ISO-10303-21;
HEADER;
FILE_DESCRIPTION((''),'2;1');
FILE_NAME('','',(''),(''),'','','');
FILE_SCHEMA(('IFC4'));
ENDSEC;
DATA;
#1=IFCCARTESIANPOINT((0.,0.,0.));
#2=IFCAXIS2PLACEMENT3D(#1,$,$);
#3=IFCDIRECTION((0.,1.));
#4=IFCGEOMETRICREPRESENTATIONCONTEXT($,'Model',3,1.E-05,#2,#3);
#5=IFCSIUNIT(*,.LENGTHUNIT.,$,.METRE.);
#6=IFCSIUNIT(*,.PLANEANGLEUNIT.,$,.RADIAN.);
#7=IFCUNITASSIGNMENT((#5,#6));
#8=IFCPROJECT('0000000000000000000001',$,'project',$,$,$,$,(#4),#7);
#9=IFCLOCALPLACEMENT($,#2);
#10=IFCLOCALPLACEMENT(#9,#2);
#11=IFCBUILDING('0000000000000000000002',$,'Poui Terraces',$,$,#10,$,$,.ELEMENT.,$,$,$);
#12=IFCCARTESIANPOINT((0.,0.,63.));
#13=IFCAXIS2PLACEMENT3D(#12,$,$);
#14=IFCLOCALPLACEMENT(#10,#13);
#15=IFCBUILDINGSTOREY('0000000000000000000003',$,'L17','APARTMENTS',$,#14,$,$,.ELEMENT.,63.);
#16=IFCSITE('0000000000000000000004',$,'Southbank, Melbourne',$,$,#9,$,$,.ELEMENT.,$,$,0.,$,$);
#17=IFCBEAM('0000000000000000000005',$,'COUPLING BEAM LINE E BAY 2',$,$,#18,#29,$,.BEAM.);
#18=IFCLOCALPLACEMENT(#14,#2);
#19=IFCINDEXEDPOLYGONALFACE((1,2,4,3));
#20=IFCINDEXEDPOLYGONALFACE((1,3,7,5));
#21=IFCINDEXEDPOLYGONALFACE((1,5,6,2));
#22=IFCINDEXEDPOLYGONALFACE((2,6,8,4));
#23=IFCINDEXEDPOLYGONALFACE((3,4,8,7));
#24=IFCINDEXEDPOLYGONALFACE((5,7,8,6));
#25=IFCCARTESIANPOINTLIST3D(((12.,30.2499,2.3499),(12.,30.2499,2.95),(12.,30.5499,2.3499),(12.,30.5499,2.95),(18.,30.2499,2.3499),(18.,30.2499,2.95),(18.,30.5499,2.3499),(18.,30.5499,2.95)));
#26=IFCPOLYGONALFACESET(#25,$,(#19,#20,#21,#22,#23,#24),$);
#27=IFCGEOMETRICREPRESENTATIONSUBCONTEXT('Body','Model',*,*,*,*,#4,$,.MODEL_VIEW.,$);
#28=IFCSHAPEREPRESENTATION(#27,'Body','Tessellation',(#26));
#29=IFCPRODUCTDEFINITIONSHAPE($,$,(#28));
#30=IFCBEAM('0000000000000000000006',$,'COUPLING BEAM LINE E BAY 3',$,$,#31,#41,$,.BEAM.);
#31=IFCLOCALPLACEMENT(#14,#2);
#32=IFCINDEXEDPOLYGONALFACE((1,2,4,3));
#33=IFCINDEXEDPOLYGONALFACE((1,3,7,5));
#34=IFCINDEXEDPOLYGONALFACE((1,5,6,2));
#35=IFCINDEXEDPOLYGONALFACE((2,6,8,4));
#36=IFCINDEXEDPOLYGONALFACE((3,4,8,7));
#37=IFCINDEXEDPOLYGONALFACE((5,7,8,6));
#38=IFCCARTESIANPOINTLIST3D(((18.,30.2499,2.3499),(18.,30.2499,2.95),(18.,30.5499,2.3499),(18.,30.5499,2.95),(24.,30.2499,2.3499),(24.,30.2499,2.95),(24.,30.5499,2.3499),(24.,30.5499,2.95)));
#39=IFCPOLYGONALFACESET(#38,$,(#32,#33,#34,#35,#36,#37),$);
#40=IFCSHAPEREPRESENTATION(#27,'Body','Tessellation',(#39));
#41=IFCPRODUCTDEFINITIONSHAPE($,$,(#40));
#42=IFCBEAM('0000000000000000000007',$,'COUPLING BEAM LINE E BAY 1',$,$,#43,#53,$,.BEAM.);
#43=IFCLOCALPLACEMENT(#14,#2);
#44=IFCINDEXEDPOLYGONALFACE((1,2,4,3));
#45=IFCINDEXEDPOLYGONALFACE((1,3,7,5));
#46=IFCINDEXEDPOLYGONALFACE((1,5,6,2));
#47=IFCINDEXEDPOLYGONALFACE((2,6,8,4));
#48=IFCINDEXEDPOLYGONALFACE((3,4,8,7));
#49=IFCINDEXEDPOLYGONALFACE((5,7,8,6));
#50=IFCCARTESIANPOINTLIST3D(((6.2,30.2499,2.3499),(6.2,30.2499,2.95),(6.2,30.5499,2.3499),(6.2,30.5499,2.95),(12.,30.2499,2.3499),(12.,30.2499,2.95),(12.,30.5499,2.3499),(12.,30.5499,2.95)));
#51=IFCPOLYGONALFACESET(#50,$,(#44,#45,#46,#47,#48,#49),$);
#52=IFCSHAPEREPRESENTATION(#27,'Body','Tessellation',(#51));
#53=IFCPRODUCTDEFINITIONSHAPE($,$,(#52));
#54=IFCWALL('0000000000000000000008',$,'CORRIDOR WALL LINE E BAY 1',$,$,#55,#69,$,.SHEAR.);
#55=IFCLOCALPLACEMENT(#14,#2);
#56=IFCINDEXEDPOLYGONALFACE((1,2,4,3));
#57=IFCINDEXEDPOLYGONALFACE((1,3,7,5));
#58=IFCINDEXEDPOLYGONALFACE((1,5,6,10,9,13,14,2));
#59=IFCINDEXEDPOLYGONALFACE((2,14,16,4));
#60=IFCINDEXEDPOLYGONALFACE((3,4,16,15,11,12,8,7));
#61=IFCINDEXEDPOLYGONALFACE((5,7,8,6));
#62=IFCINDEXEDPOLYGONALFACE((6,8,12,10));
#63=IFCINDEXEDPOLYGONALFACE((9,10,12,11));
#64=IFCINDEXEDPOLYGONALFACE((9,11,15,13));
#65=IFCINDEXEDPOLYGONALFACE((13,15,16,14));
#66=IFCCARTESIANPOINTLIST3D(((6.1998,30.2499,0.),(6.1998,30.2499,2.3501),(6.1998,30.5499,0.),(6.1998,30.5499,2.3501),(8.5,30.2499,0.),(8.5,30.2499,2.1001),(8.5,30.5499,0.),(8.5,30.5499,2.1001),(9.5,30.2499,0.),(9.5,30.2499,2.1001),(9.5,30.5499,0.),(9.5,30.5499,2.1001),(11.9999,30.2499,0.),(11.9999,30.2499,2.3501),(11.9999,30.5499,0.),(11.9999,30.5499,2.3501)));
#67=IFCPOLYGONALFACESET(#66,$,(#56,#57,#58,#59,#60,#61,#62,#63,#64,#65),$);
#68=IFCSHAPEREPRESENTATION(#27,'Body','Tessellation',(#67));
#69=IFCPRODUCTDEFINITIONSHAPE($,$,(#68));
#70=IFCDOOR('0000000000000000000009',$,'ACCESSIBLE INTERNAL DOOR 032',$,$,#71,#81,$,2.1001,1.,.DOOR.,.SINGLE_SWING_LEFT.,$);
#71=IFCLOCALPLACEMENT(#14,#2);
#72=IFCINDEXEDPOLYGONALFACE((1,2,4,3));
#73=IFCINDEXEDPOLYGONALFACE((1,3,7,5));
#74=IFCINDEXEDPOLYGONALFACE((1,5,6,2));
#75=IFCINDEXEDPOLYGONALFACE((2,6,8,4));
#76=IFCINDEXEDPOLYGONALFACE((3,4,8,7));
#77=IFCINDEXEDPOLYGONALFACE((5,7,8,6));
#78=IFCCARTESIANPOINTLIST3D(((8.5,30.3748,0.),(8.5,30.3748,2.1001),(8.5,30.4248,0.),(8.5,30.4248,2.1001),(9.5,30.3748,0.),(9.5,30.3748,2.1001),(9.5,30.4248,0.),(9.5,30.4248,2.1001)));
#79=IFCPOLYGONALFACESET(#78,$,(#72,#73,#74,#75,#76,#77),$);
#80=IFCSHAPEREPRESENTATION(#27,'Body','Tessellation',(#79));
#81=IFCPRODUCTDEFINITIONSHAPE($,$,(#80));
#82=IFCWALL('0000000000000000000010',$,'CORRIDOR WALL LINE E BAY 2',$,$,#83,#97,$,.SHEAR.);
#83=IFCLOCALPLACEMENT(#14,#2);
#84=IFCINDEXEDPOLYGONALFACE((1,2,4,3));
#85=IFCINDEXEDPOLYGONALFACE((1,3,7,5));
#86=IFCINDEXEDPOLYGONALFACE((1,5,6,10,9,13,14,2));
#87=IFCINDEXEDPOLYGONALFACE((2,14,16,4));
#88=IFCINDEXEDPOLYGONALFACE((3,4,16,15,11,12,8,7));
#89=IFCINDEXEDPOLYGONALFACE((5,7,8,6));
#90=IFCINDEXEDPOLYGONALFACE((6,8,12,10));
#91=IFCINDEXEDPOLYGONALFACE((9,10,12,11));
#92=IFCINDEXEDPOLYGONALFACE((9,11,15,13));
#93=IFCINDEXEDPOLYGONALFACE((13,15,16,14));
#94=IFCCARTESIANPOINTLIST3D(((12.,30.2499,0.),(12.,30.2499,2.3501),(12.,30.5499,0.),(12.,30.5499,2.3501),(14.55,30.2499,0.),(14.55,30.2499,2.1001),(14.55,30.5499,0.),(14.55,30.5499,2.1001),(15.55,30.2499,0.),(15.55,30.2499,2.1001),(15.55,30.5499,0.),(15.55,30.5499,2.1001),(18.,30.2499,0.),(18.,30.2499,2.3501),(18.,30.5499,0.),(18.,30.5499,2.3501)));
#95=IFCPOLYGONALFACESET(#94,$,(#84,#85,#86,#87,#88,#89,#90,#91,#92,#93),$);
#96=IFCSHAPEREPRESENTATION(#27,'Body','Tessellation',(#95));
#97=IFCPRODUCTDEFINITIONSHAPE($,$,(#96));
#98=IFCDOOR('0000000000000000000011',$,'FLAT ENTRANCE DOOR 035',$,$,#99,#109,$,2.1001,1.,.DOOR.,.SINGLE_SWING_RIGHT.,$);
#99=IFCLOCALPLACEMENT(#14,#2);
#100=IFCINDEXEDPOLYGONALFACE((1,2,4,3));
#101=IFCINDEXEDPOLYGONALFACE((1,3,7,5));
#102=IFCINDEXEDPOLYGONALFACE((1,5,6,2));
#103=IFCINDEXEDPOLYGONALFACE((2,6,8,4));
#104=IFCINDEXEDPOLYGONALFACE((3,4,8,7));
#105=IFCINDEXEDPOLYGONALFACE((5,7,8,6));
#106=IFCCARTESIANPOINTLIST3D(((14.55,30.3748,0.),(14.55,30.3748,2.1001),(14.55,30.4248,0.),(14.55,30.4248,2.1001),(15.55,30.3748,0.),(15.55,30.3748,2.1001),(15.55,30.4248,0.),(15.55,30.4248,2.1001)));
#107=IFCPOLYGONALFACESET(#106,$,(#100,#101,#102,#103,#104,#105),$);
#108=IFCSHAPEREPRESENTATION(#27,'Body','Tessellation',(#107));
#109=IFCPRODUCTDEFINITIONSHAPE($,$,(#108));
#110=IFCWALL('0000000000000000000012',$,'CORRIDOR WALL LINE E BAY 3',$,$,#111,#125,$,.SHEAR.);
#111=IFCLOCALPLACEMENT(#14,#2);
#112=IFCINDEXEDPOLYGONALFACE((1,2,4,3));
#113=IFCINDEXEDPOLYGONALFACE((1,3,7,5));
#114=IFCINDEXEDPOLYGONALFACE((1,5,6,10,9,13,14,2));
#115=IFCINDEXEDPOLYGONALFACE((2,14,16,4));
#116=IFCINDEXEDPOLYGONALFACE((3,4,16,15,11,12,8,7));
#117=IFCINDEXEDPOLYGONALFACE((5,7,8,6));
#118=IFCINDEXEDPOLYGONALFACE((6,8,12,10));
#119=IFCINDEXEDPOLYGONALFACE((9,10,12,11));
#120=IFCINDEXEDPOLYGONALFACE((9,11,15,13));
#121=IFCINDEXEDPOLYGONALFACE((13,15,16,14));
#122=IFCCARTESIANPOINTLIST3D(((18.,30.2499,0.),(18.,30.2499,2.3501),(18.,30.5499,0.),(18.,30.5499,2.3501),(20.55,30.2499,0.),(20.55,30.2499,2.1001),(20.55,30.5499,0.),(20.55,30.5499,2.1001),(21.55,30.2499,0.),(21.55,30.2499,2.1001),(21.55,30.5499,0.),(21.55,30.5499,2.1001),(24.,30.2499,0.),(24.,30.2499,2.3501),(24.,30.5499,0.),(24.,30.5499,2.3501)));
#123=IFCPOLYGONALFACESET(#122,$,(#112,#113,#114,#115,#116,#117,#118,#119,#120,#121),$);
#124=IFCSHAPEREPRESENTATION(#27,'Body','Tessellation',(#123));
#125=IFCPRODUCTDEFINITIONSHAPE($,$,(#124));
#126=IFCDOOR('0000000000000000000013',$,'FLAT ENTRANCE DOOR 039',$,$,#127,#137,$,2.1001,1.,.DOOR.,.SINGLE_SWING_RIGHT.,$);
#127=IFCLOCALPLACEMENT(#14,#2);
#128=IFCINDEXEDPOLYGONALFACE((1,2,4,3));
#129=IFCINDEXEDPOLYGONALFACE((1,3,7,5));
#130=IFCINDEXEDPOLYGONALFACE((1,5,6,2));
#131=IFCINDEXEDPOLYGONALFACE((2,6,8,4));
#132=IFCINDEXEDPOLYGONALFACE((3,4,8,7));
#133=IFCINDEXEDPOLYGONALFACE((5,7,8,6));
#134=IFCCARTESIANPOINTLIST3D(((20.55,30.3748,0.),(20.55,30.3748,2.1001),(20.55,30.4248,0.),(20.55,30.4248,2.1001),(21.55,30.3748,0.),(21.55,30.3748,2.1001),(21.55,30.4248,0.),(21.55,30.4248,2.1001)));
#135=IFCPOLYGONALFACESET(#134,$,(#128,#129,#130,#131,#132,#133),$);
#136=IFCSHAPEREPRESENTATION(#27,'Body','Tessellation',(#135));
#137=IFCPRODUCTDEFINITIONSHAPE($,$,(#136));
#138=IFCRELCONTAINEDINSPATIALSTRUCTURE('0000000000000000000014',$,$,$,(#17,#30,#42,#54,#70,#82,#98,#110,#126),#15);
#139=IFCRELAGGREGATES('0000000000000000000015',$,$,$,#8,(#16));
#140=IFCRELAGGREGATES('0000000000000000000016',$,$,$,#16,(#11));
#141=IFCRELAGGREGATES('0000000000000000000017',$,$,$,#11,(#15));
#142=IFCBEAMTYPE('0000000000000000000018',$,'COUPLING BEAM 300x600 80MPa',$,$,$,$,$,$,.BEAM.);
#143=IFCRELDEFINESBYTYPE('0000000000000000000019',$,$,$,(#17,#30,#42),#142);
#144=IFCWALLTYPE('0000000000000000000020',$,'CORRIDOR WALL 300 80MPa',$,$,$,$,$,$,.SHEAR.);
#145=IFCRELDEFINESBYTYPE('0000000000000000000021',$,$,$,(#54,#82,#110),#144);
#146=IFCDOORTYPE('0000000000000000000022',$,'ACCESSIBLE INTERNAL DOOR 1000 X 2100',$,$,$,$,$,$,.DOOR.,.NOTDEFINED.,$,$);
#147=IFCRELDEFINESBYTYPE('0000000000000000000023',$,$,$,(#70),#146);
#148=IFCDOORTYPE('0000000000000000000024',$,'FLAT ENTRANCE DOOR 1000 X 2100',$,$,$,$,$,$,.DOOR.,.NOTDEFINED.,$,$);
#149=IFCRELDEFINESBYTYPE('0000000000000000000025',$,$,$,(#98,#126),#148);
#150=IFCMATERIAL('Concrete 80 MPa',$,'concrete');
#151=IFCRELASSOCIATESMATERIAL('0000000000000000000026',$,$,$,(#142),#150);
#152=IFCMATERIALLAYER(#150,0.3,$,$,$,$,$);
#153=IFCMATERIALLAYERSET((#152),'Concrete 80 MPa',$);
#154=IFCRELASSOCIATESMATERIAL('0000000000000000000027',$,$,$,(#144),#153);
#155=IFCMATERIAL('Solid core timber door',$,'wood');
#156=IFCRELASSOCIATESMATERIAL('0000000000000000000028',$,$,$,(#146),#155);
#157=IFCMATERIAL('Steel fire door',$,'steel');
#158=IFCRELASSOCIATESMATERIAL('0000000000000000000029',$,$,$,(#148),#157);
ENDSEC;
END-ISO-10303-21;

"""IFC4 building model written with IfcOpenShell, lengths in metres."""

from ifc_helpers import new_model, si_unit, direction, frame, frame_2d, origin, origin_2d, place, context, subcontext, project, spatial, rectangle, extrude, source, transform, mapped, material, layer, layer_set, material_profile, profile_set, type_object, element, fill, save


model = new_model("IFC4")

# Units and contexts
model_context = context("Model", 3, precision=1e-05, world=origin(), true_north=direction((0.0, 1.0)))
body_context = subcontext(model_context, "Body", "Model", "MODEL_VIEW")
ifc_project = project(units=[si_unit("LENGTHUNIT", "METRE"), si_unit("PLANEANGLEUNIT", "RADIAN")], contexts=[model_context])

# Site, building, storey
site_placement = place(None, origin())
site = spatial("IfcSite", under=ifc_project, at=site_placement, Name="Southbank, Melbourne", CompositionType="ELEMENT", RefElevation=0.0)
building_placement = place(site_placement, origin())
building = spatial("IfcBuilding", under=site, at=building_placement, Name="Poui Terraces", CompositionType="ELEMENT")
storey_placement = place(building_placement, frame((0.0, 0.0, 63.0)))
storey = spatial("IfcBuildingStorey", under=building, at=storey_placement, Name="L17", Description="APARTMENTS", CompositionType="ELEMENT", Elevation=63.0)

# Beams
ifc_material_1 = material(Name="Concrete 80 MPa", Category="concrete")
ifc_material_profile = material_profile(ifc_material_1, rectangle(XDim=0.3, YDim=0.6001, at=origin_2d()), Name="RC 300x600")
ifc_profile_set = profile_set([ifc_material_profile], Name="Concrete 80 MPa")
beam_type = type_object("IfcBeamType", Name="COUPLING BEAM 300x600 80MPa", PredefinedType="BEAM", material=ifc_profile_set)
shared_shape_1 = source(origin(), body_context, "Body", "SweptSolid", [
    extrude(rectangle(XDim=0.3, YDim=0.6001, at=origin_2d()), origin(), (0.0, 0.0, 1.0), 6.0),
])
for number, where, z_axis, x_axis, name in (
    (1, (12.0, 30.3999, 2.6499), (1.0, 0.0, 0.0), (0.0, 1.0, 0.0), "COUPLING BEAM LINE E BAY 2"),
    (2, (18.0, 30.3999, 2.6499), (1.0, 0.0, 0.0), (0.0, 1.0, 0.0), "COUPLING BEAM LINE E BAY 3"),
):
    element("IfcBeam", number, at=place(storey_placement, frame(where, z_axis=z_axis, x_axis=x_axis)), inside=storey, type_object=beam_type, Name=name, PredefinedType="BEAM", context=body_context, shape_type="MappedRepresentation", body=[
        mapped(shared_shape_1, transform((0.0, 0.0, 0.0))),
    ])
shared_shape_2 = source(origin(), body_context, "Body", "SweptSolid", [
    extrude(rectangle(XDim=0.3, YDim=0.6001, at=origin_2d()), origin(), (0.0, 0.0, 1.0), 5.8),
])
beam_placement = place(storey_placement, frame((6.2, 30.3999, 2.6499), z_axis=(1.0, 0.0, 0.0), x_axis=(0.0, 1.0, 0.0)))
element("IfcBeam", 3, at=beam_placement, inside=storey, type_object=beam_type, Name="COUPLING BEAM LINE E BAY 1", PredefinedType="BEAM", context=body_context, shape_type="MappedRepresentation", body=[
    mapped(shared_shape_2, transform((0.0, 0.0, 0.0))),
])

# Walls, openings, doors
ifc_layer = layer(ifc_material_1, 0.3)
ifc_layer_set = layer_set([ifc_layer], Name="Concrete 80 MPa")
wall_type = type_object("IfcWallType", Name="CORRIDOR WALL 300 80MPa", PredefinedType="SHEAR", material=ifc_layer_set)
wall_1_placement = place(storey_placement, frame((6.2, 30.3999, 0.0), z_axis=(0.0, 0.0, 1.0), x_axis=(1.0, 0.0, 0.0)))
wall_1 = element("IfcWall", 4, at=wall_1_placement, inside=storey, type_object=wall_type, Name="CORRIDOR WALL LINE E BAY 1", PredefinedType="SHEAR", context=body_context, shape_type="SweptSolid", body=[
    extrude(rectangle(XDim=5.8, YDim=0.3, at=frame_2d((2.8999, 0.0))), origin(), (0.0, 0.0, 1.0), 2.3501),
])
opening_1_placement = place(wall_1_placement, frame((2.3, 0.0, 0.0)))
opening_1 = element("IfcOpeningElement", 5, at=opening_1_placement, cuts=wall_1, PredefinedType="OPENING", context=body_context, shape_type="SweptSolid", body=[
    extrude(rectangle(XDim=1.0, YDim=2.1001, at=frame_2d((0.5, 1.05))), frame((0.0, 0.1602, 0.0), z_axis=(0.0, -1.0, 0.0), x_axis=(1.0, 0.0, 0.0)), (0.0, 0.0, 1.0), 0.3201),
])
ifc_material_2 = material(Name="Solid core timber door", Category="wood")
door_type_1 = type_object("IfcDoorType", Name="ACCESSIBLE INTERNAL DOOR 1000 X 2100", OperationType="NOTDEFINED", PredefinedType="DOOR", material=ifc_material_2)
door_1_placement = place(opening_1_placement, origin())
door_1 = element("IfcDoor", 6, at=door_1_placement, inside=storey, type_object=door_type_1, Name="ACCESSIBLE INTERNAL DOOR 032", OperationType="SINGLE_SWING_LEFT", OverallHeight=2.1001, OverallWidth=1.0, PredefinedType="DOOR", context=body_context, shape_type="SweptSolid", body=[
    extrude(rectangle(XDim=1.0, YDim=2.1001, at=frame_2d((0.5, 1.05))), frame((0.0, 0.0249, 0.0), z_axis=(0.0, -1.0, 0.0), x_axis=(1.0, 0.0, 0.0)), (0.0, 0.0, 1.0), 0.05),
])
fill(opening_1, door_1)
wall_2_placement = place(storey_placement, frame((12.0, 30.3999, 0.0), z_axis=(0.0, 0.0, 1.0), x_axis=(1.0, 0.0, 0.0)))
wall_2 = element("IfcWall", 7, at=wall_2_placement, inside=storey, type_object=wall_type, Name="CORRIDOR WALL LINE E BAY 2", PredefinedType="SHEAR", context=body_context, shape_type="SweptSolid", body=[
    extrude(rectangle(XDim=6.0, YDim=0.3, at=frame_2d((3.0, 0.0))), origin(), (0.0, 0.0, 1.0), 2.3501),
])
opening_2_placement = place(wall_2_placement, frame((2.55, 0.0, 0.0)))
opening_2 = element("IfcOpeningElement", 8, at=opening_2_placement, cuts=wall_2, PredefinedType="OPENING", context=body_context, shape_type="SweptSolid", body=[
    extrude(rectangle(XDim=1.0, YDim=2.1001, at=frame_2d((0.5, 1.05))), frame((0.0, 0.1602, 0.0), z_axis=(0.0, -1.0, 0.0), x_axis=(1.0, 0.0, 0.0)), (0.0, 0.0, 1.0), 0.3201),
])
ifc_material_3 = material(Name="Steel fire door", Category="steel")
door_type_2 = type_object("IfcDoorType", Name="FLAT ENTRANCE DOOR 1000 X 2100", OperationType="NOTDEFINED", PredefinedType="DOOR", material=ifc_material_3)
door_2_placement = place(opening_2_placement, origin())
door_2 = element("IfcDoor", 9, at=door_2_placement, inside=storey, type_object=door_type_2, Name="FLAT ENTRANCE DOOR 035", OperationType="SINGLE_SWING_RIGHT", OverallHeight=2.1001, OverallWidth=1.0, PredefinedType="DOOR", context=body_context, shape_type="SweptSolid", body=[
    extrude(rectangle(XDim=1.0, YDim=2.1001, at=frame_2d((0.5, 1.05))), frame((0.0, 0.0249, 0.0), z_axis=(0.0, -1.0, 0.0), x_axis=(1.0, 0.0, 0.0)), (0.0, 0.0, 1.0), 0.05),
])
fill(opening_2, door_2)
wall_3_placement = place(storey_placement, frame((18.0, 30.3999, 0.0), z_axis=(0.0, 0.0, 1.0), x_axis=(1.0, 0.0, 0.0)))
wall_3 = element("IfcWall", 10, at=wall_3_placement, inside=storey, type_object=wall_type, Name="CORRIDOR WALL LINE E BAY 3", PredefinedType="SHEAR", context=body_context, shape_type="SweptSolid", body=[
    extrude(rectangle(XDim=6.0, YDim=0.3, at=frame_2d((3.0, 0.0))), origin(), (0.0, 0.0, 1.0), 2.3501),
])
opening_3_placement = place(wall_3_placement, frame((2.55, 0.0, 0.0)))
opening_3 = element("IfcOpeningElement", 11, at=opening_3_placement, cuts=wall_3, PredefinedType="OPENING", context=body_context, shape_type="SweptSolid", body=[
    extrude(rectangle(XDim=1.0, YDim=2.1001, at=frame_2d((0.5, 1.05))), frame((0.0, 0.1602, 0.0), z_axis=(0.0, -1.0, 0.0), x_axis=(1.0, 0.0, 0.0)), (0.0, 0.0, 1.0), 0.3201),
])
door_3_placement = place(opening_3_placement, origin())
door_3 = element("IfcDoor", 12, at=door_3_placement, inside=storey, type_object=door_type_2, Name="FLAT ENTRANCE DOOR 039", OperationType="SINGLE_SWING_RIGHT", OverallHeight=2.1001, OverallWidth=1.0, PredefinedType="DOOR", context=body_context, shape_type="SweptSolid", body=[
    extrude(rectangle(XDim=1.0, YDim=2.1001, at=frame_2d((0.5, 1.05))), frame((0.0, 0.0249, 0.0), z_axis=(0.0, -1.0, 0.0), x_axis=(1.0, 0.0, 0.0)), (0.0, 0.0, 1.0), 0.05),
])
fill(opening_3, door_3)

save(model, "model.ifc")
